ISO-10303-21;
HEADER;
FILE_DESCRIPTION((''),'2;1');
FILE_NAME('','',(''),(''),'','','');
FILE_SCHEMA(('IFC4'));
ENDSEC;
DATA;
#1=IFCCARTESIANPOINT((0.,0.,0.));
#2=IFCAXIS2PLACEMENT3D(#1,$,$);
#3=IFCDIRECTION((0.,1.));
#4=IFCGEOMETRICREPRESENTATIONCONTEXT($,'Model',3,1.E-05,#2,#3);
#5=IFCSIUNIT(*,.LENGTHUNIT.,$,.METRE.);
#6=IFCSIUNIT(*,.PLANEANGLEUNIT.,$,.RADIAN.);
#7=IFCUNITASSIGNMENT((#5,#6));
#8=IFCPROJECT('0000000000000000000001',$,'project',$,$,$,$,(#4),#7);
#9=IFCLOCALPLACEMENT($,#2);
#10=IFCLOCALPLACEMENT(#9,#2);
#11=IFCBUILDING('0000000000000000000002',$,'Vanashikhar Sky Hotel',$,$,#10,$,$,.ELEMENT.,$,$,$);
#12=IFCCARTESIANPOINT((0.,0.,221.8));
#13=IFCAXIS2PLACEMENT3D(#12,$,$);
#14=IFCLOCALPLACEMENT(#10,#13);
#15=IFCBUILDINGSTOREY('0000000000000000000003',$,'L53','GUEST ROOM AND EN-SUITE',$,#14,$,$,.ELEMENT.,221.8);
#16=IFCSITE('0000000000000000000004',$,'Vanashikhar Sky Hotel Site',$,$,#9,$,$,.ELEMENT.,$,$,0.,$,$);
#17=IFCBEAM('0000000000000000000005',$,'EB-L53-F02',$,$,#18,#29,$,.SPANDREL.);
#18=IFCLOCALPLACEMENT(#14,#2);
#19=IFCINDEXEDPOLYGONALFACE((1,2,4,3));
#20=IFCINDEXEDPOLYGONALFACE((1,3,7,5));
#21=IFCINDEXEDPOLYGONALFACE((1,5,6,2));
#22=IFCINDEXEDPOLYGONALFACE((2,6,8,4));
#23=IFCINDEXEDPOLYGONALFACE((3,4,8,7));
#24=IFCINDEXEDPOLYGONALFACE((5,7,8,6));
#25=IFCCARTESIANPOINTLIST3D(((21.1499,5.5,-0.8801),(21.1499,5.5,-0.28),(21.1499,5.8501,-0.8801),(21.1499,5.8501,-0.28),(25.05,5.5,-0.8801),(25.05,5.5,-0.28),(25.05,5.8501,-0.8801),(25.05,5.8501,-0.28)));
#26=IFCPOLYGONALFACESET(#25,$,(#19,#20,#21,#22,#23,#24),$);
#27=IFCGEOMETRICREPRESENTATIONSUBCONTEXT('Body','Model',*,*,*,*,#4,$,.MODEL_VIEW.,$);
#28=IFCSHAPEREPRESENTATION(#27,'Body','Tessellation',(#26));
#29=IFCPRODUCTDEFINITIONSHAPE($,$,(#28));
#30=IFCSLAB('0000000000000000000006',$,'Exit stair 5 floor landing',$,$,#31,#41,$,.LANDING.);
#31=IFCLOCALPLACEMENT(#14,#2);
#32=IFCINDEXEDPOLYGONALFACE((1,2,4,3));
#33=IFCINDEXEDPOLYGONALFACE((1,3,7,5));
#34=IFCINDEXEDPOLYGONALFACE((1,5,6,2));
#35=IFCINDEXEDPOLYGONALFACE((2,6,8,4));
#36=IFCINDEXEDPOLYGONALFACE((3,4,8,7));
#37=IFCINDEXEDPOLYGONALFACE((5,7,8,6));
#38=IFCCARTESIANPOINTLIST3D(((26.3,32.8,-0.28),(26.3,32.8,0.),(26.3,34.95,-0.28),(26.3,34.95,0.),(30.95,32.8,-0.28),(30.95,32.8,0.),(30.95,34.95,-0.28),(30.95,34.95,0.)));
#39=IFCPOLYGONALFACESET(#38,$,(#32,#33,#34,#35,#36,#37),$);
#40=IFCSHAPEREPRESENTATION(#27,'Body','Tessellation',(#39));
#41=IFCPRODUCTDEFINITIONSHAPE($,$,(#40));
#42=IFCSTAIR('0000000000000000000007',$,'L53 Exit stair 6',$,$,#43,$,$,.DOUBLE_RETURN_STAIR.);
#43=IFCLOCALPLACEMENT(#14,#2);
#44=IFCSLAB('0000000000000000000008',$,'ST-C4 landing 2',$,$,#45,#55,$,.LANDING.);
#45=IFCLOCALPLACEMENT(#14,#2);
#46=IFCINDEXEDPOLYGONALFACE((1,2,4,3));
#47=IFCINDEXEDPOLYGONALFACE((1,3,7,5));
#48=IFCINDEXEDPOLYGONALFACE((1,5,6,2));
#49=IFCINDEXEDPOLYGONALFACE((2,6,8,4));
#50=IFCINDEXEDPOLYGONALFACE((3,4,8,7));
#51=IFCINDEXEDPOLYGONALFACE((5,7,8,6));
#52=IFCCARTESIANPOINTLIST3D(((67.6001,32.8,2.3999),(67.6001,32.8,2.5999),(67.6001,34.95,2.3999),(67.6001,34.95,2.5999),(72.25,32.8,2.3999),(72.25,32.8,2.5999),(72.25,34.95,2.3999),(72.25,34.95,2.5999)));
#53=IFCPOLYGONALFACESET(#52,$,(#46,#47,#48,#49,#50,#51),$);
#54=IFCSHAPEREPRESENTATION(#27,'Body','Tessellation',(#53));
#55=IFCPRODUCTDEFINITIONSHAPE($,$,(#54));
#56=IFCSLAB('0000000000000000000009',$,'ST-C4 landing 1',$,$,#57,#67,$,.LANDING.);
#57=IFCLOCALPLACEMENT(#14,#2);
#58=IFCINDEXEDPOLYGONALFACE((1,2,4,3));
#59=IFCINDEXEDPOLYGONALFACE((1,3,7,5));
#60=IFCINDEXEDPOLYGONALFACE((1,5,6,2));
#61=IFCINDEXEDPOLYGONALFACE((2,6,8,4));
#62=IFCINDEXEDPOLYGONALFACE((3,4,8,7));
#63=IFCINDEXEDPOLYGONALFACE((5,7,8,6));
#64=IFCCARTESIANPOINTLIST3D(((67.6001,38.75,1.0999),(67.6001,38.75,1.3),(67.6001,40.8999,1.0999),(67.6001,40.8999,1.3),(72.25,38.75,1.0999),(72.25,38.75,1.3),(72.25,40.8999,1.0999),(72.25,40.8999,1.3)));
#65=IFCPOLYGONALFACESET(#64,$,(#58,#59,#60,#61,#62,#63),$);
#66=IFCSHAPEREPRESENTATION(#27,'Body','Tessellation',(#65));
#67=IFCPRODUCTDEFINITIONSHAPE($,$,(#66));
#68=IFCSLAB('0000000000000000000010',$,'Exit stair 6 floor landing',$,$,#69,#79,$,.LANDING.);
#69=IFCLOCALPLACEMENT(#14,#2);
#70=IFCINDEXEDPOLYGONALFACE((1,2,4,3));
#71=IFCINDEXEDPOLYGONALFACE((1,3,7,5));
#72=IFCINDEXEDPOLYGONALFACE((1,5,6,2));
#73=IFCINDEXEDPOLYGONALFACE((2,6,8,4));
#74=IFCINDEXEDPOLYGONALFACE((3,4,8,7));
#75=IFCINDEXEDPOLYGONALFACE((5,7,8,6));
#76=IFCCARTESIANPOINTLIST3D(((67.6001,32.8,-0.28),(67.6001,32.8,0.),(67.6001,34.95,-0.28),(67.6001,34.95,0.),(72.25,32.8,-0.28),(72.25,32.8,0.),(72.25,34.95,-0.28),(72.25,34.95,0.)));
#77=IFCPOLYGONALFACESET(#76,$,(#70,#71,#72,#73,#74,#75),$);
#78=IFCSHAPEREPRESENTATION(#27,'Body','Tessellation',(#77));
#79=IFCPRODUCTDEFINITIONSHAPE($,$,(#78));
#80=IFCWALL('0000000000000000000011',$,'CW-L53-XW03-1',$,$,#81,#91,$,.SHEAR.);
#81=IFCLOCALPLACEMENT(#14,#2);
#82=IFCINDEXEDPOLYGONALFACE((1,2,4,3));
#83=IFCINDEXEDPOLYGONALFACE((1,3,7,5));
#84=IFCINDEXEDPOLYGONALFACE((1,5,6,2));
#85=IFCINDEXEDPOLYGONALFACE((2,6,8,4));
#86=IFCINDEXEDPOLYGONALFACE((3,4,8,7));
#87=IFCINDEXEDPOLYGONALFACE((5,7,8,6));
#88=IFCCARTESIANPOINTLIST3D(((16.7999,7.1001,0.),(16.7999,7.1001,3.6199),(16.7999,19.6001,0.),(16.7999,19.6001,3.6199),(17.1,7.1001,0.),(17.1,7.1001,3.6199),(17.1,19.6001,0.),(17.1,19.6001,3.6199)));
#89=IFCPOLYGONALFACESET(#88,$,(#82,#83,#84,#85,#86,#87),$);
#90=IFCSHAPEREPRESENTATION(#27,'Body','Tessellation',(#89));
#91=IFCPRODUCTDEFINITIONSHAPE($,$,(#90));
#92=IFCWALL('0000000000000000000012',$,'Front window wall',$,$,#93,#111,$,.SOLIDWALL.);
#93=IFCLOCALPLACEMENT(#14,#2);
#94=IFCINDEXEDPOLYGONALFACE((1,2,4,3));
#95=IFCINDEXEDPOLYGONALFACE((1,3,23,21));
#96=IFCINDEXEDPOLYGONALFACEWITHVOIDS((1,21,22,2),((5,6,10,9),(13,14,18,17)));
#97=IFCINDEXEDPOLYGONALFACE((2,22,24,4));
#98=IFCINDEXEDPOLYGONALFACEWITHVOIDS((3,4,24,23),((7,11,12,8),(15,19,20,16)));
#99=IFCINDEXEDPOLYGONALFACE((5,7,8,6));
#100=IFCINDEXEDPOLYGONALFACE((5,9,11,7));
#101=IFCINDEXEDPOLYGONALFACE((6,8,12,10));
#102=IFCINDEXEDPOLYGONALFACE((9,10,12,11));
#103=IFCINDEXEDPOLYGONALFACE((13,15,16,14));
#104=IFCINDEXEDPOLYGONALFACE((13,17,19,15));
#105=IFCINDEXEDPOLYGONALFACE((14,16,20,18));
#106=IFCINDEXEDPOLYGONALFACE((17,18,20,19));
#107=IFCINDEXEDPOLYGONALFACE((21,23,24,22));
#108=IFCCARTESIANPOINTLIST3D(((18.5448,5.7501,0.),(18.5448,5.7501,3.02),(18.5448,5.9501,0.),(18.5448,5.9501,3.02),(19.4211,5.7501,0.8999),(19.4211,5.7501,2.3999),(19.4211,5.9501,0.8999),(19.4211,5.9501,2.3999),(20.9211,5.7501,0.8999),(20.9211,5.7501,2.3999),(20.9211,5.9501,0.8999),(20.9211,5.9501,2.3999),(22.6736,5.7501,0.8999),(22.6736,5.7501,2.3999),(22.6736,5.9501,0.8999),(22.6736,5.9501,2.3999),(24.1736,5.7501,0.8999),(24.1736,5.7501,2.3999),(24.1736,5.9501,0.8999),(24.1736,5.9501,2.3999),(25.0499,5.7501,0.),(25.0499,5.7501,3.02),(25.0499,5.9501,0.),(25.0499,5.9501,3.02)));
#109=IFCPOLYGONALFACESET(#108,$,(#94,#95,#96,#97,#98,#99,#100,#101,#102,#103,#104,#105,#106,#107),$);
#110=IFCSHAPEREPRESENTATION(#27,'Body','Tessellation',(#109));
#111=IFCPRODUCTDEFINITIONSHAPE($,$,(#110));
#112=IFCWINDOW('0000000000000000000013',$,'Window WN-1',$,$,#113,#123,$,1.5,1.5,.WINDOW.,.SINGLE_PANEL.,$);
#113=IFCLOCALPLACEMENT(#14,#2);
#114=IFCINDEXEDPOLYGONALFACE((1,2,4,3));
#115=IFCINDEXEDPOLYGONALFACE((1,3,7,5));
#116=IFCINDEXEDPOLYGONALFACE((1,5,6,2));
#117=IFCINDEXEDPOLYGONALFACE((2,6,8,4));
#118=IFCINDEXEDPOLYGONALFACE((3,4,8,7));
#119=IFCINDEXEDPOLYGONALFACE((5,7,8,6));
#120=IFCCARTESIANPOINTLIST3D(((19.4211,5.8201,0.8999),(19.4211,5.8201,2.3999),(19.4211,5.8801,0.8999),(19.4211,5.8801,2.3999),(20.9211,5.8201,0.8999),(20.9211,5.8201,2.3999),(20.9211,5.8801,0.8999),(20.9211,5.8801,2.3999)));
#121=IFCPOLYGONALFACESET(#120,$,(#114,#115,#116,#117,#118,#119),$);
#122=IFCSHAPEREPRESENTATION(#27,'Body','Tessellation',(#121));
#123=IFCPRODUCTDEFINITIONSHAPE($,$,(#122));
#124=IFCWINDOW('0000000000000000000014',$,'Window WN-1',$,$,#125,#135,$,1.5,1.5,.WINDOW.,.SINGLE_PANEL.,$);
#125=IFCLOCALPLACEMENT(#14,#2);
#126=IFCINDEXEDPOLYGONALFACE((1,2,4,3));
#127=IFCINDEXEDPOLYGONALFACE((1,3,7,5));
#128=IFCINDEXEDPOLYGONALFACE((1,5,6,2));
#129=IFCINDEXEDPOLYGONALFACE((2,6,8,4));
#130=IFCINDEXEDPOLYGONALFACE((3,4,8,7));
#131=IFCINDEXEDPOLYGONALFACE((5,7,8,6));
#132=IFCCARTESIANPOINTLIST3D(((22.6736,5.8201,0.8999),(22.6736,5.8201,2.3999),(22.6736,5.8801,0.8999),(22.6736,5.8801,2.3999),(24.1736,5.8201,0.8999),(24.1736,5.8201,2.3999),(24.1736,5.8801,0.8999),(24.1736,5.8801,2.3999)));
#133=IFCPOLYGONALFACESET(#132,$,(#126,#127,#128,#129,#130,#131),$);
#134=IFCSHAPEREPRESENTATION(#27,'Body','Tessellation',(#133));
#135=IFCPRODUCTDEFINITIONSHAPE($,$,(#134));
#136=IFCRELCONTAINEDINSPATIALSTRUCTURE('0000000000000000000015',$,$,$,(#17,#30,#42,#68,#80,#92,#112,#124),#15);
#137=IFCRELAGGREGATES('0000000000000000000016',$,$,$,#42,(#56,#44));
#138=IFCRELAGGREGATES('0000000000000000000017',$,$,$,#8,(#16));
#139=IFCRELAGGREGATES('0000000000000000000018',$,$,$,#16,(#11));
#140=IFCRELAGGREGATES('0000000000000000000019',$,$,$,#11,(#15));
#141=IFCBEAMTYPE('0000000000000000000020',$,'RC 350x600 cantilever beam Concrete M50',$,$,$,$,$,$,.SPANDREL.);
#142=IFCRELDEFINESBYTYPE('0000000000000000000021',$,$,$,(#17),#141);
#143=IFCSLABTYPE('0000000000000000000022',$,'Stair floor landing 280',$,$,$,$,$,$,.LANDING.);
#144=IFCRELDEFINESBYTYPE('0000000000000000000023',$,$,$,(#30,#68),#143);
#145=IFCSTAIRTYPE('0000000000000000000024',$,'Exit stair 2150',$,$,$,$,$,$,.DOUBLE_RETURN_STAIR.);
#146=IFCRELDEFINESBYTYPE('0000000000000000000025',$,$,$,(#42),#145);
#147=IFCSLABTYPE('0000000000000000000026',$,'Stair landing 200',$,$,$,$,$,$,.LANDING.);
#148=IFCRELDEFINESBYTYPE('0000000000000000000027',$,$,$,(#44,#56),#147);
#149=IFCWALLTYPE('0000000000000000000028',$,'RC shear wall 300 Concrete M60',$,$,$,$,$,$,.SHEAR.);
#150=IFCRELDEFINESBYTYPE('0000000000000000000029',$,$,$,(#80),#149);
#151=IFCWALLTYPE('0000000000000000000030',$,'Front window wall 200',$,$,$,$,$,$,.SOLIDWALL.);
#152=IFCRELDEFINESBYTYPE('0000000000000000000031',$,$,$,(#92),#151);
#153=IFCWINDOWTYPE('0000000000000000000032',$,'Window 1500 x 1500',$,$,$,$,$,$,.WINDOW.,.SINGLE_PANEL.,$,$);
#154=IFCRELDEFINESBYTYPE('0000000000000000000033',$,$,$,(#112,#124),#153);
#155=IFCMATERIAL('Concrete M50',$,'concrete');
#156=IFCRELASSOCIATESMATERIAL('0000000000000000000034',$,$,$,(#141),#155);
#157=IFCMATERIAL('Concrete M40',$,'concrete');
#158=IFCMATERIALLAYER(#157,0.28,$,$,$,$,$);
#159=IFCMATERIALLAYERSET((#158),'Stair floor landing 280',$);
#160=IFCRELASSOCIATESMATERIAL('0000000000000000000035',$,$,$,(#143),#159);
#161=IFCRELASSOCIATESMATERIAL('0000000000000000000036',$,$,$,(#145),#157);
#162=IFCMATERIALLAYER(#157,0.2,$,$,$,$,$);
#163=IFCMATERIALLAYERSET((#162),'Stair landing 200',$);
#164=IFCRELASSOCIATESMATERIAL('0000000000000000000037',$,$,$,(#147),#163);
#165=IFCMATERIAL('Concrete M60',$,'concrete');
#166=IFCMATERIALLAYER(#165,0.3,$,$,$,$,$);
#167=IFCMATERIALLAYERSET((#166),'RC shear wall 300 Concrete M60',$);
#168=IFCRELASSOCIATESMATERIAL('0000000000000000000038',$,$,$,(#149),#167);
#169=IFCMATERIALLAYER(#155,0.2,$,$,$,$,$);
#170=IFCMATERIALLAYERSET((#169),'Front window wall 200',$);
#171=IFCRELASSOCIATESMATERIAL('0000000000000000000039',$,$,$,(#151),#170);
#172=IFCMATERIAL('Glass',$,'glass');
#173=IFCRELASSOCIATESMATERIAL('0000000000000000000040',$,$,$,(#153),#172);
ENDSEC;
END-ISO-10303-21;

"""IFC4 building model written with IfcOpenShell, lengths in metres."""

from ifc_helpers import new_model, si_unit, direction, frame, frame_2d, origin, origin_2d, place, context, subcontext, project, spatial, polyline, rectangle, outline, extrude, source, transform, mapped, material, layer, layer_set, material_profile, profile_set, type_object, element, fill, aggregate, save


model = new_model("IFC4")

# Units and contexts
model_context = context("Model", 3, precision=1e-05, world=origin(), true_north=direction((0.0, 1.0)))
body_context = subcontext(model_context, "Body", "Model", "MODEL_VIEW")
ifc_project = project(units=[si_unit("LENGTHUNIT", "METRE"), si_unit("PLANEANGLEUNIT", "RADIAN")], contexts=[model_context])

# Site, building, storey
site_placement = place(None, origin())
site = spatial("IfcSite", under=ifc_project, at=site_placement, Name="Vanashikhar Sky Hotel Site", CompositionType="ELEMENT", RefElevation=0.0)
building_placement = place(site_placement, origin())
building = spatial("IfcBuilding", under=site, at=building_placement, Name="Vanashikhar Sky Hotel", CompositionType="ELEMENT")
storey_placement = place(building_placement, frame((0.0, 0.0, 221.8)))
storey = spatial("IfcBuildingStorey", under=building, at=storey_placement, Name="L53", Description="GUEST ROOM AND EN-SUITE", CompositionType="ELEMENT", Elevation=221.8)

# Beam
ifc_material_1 = material(Name="Concrete M50", Category="concrete")
ifc_material_profile = material_profile(ifc_material_1, rectangle(XDim=0.3501, YDim=0.6001, at=origin_2d()))
ifc_profile_set = profile_set([ifc_material_profile], Name="RC 350x600 cantilever beam Concrete M50")
beam_type = type_object("IfcBeamType", Name="RC 350x600 cantilever beam Concrete M50", PredefinedType="SPANDREL", material=ifc_profile_set)
shared_shape_1 = source(origin(), body_context, "Body", "SweptSolid", [
    extrude(rectangle(XDim=0.3501, YDim=0.6001, at=origin_2d()), origin(), (0.0, 0.0, 1.0), 3.9001),
])
beam_placement = place(storey_placement, frame((21.1499, 5.675, -0.5801), z_axis=(1.0, 0.0, 0.0), x_axis=(0.0, 1.0, 0.0)))
element("IfcBeam", 1, at=beam_placement, inside=storey, type_object=beam_type, Name="EB-L53-F02", PredefinedType="SPANDREL", context=body_context, shape_type="MappedRepresentation", body=[
    mapped(shared_shape_1, transform((0.0, 0.0, 0.0), scale=1.0)),
])

# Slab
ifc_material_2 = material(Name="Concrete M40", Category="concrete")
ifc_layer_1 = layer(ifc_material_2, 0.28)
ifc_layer_set_1 = layer_set([ifc_layer_1], Name="Stair floor landing 280")
slab_type_1 = type_object("IfcSlabType", Name="Stair floor landing 280", PredefinedType="LANDING", material=ifc_layer_set_1)
shared_shape_2 = source(origin(), body_context, "Body", "SweptSolid", [
    extrude(outline(polyline([(30.95, 32.8), (30.95, 34.95), (26.3, 34.95), (26.3, 32.8), (30.95, 32.8)])), origin(), (0.0, 0.0, 1.0), 0.28),
])
slab_1_placement = place(storey_placement, frame((0.0, 0.0, -0.28)))
element("IfcSlab", 2, at=slab_1_placement, inside=storey, type_object=slab_type_1, Name="Exit stair 5 floor landing", PredefinedType="LANDING", context=body_context, shape_type="MappedRepresentation", body=[
    mapped(shared_shape_2, transform((0.0, 0.0, 0.0), scale=1.0)),
])

# Stair, slabs
stair_type = type_object("IfcStairType", Name="Exit stair 2150", PredefinedType="DOUBLE_RETURN_STAIR", material=ifc_material_2)
stair_placement = place(storey_placement, origin())
stair = element("IfcStair", 3, at=stair_placement, inside=storey, type_object=stair_type, Name="L53 Exit stair 6", PredefinedType="DOUBLE_RETURN_STAIR")
ifc_layer_2 = layer(ifc_material_2, 0.2)
ifc_layer_set_2 = layer_set([ifc_layer_2], Name="Stair landing 200")
slab_type_2 = type_object("IfcSlabType", Name="Stair landing 200", PredefinedType="LANDING", material=ifc_layer_set_2)
shared_shape_3 = source(origin(), body_context, "Body", "SweptSolid", [
    extrude(outline(polyline([(72.25, 32.8), (72.25, 34.95), (67.6001, 34.95), (67.6001, 32.8), (72.25, 32.8)])), origin(), (0.0, 0.0, 1.0), 0.2),
])
slab_2_placement = place(storey_placement, frame((0.0, 0.0, 2.3999)))
slab_2 = element("IfcSlab", 4, at=slab_2_placement, type_object=slab_type_2, Name="ST-C4 landing 2", PredefinedType="LANDING", context=body_context, shape_type="MappedRepresentation", body=[
    mapped(shared_shape_3, transform((0.0, 0.0, 0.0), scale=1.0)),
])
shared_shape_4 = source(origin(), body_context, "Body", "SweptSolid", [
    extrude(outline(polyline([(72.25, 38.75), (72.25, 40.8999), (67.6001, 40.8999), (67.6001, 38.75), (72.25, 38.75)])), origin(), (0.0, 0.0, 1.0), 0.2002),
])
slab_3_placement = place(storey_placement, frame((0.0, 0.0, 1.0999)))
slab_3 = element("IfcSlab", 5, at=slab_3_placement, type_object=slab_type_2, Name="ST-C4 landing 1", PredefinedType="LANDING", context=body_context, shape_type="MappedRepresentation", body=[
    mapped(shared_shape_4, transform((0.0, 0.0, 0.0), scale=1.0)),
])
aggregate(stair, [slab_3, slab_2])

# Slab
shared_shape_5 = source(origin(), body_context, "Body", "SweptSolid", [
    extrude(outline(polyline([(72.25, 32.8), (72.25, 34.95), (67.6001, 34.95), (67.6001, 32.8), (72.25, 32.8)])), origin(), (0.0, 0.0, 1.0), 0.28),
])
slab_4_placement = place(storey_placement, frame((0.0, 0.0, -0.28)))
element("IfcSlab", 6, at=slab_4_placement, inside=storey, type_object=slab_type_1, Name="Exit stair 6 floor landing", PredefinedType="LANDING", context=body_context, shape_type="MappedRepresentation", body=[
    mapped(shared_shape_5, transform((0.0, 0.0, 0.0), scale=1.0)),
])

# Wall
ifc_material_3 = material(Name="Concrete M60", Category="concrete")
ifc_layer_3 = layer(ifc_material_3, 0.3)
ifc_layer_set_3 = layer_set([ifc_layer_3], Name="RC shear wall 300 Concrete M60")
wall_type_1 = type_object("IfcWallType", Name="RC shear wall 300 Concrete M60", PredefinedType="SHEAR", material=ifc_layer_set_3)
shared_shape_6 = source(origin(), body_context, "Body", "SweptSolid", [
    extrude(rectangle(XDim=12.5, YDim=0.3, at=frame_2d((6.25, 0.0))), origin(), (0.0, 0.0, 1.0), 3.6199),
])
wall_1_placement = place(storey_placement, frame((16.95, 7.1001, 0.0), z_axis=(0.0, 0.0, 1.0), x_axis=(0.0, 1.0, 0.0)))
element("IfcWall", 7, at=wall_1_placement, inside=storey, type_object=wall_type_1, Name="CW-L53-XW03-1", PredefinedType="SHEAR", context=body_context, shape_type="MappedRepresentation", body=[
    mapped(shared_shape_6, transform((0.0, 0.0, 0.0), scale=1.0)),
])

# Wall, openings, windows
ifc_layer_4 = layer(ifc_material_1, 0.2)
ifc_layer_set_4 = layer_set([ifc_layer_4], Name="Front window wall 200")
wall_type_2 = type_object("IfcWallType", Name="Front window wall 200", PredefinedType="SOLIDWALL", material=ifc_layer_set_4)
shared_shape_7 = source(origin(), body_context, "Body", "SweptSolid", [
    extrude(rectangle(XDim=6.5051, YDim=0.2, at=frame_2d((3.2524, 0.0))), origin(), (0.0, 0.0, 1.0), 3.02),
])
wall_2_placement = place(storey_placement, frame((18.5449, 5.8501, 0.0), z_axis=(0.0, 0.0, 1.0), x_axis=(1.0, 0.0, 0.0)))
wall_2 = element("IfcWall", 8, at=wall_2_placement, inside=storey, type_object=wall_type_2, Name="Front window wall", PredefinedType="SOLIDWALL", context=body_context, shape_type="MappedRepresentation", body=[
    mapped(shared_shape_7, transform((0.0, 0.0, 0.0), scale=1.0)),
])
shared_shape_8 = source(origin(), body_context, "Body", "SweptSolid", [
    extrude(rectangle(XDim=1.5, YDim=1.5, at=frame_2d((0.75, 0.75))), frame((0.0, 0.1099, 0.0), z_axis=(0.0, -1.0, 0.0), x_axis=(1.0, 0.0, 0.0)), (0.0, 0.0, 1.0), 0.22),
])
opening_1_placement = place(wall_2_placement, frame((0.8762, 0.0, 0.8999)))
opening_1 = element("IfcOpeningElement", 9, at=opening_1_placement, cuts=wall_2, PredefinedType="OPENING", context=body_context, shape_type="MappedRepresentation", body=[
    mapped(shared_shape_8, transform((0.0, 0.0, 0.0), scale=1.0)),
])
opening_2_placement = place(wall_2_placement, frame((4.1287, 0.0, 0.8999)))
opening_2 = element("IfcOpeningElement", 10, at=opening_2_placement, cuts=wall_2, PredefinedType="OPENING", context=body_context, shape_type="MappedRepresentation", body=[
    mapped(shared_shape_8, transform((0.0, 0.0, 0.0), scale=1.0)),
])
ifc_material_4 = material(Name="Glass", Category="glass")
window_type_1 = type_object("IfcWindowType", Name="Window 1500 x 1500", PartitioningType="SINGLE_PANEL", PredefinedType="WINDOW", material=ifc_material_4)
shared_shape_9 = source(origin(), body_context, "Body", "SweptSolid", [
    extrude(rectangle(XDim=1.5, YDim=1.5, at=frame_2d((0.75, 0.75))), frame((0.0, 0.03, 0.0), z_axis=(0.0, -1.0, 0.0), x_axis=(1.0, 0.0, 0.0)), (0.0, 0.0, 1.0), 0.0601),
])
window_1_placement = place(opening_1_placement, origin())
window_1 = element("IfcWindow", 11, at=window_1_placement, inside=storey, type_object=window_type_1, Name="Window WN-1", OverallHeight=1.5, OverallWidth=1.5, PartitioningType="SINGLE_PANEL", PredefinedType="WINDOW", context=body_context, shape_type="MappedRepresentation", body=[
    mapped(shared_shape_9, transform((0.0, 0.0, 0.0), scale=1.0)),
])
fill(opening_1, window_1)
window_2_placement = place(opening_2_placement, origin())
window_2 = element("IfcWindow", 12, at=window_2_placement, inside=storey, type_object=window_type_1, Name="Window WN-1", OverallHeight=1.5, OverallWidth=1.5, PartitioningType="SINGLE_PANEL", PredefinedType="WINDOW", context=body_context, shape_type="MappedRepresentation", body=[
    mapped(shared_shape_9, transform((0.0, 0.0, 0.0), scale=1.0)),
])
fill(opening_2, window_2)

save(model, "model.ifc")
